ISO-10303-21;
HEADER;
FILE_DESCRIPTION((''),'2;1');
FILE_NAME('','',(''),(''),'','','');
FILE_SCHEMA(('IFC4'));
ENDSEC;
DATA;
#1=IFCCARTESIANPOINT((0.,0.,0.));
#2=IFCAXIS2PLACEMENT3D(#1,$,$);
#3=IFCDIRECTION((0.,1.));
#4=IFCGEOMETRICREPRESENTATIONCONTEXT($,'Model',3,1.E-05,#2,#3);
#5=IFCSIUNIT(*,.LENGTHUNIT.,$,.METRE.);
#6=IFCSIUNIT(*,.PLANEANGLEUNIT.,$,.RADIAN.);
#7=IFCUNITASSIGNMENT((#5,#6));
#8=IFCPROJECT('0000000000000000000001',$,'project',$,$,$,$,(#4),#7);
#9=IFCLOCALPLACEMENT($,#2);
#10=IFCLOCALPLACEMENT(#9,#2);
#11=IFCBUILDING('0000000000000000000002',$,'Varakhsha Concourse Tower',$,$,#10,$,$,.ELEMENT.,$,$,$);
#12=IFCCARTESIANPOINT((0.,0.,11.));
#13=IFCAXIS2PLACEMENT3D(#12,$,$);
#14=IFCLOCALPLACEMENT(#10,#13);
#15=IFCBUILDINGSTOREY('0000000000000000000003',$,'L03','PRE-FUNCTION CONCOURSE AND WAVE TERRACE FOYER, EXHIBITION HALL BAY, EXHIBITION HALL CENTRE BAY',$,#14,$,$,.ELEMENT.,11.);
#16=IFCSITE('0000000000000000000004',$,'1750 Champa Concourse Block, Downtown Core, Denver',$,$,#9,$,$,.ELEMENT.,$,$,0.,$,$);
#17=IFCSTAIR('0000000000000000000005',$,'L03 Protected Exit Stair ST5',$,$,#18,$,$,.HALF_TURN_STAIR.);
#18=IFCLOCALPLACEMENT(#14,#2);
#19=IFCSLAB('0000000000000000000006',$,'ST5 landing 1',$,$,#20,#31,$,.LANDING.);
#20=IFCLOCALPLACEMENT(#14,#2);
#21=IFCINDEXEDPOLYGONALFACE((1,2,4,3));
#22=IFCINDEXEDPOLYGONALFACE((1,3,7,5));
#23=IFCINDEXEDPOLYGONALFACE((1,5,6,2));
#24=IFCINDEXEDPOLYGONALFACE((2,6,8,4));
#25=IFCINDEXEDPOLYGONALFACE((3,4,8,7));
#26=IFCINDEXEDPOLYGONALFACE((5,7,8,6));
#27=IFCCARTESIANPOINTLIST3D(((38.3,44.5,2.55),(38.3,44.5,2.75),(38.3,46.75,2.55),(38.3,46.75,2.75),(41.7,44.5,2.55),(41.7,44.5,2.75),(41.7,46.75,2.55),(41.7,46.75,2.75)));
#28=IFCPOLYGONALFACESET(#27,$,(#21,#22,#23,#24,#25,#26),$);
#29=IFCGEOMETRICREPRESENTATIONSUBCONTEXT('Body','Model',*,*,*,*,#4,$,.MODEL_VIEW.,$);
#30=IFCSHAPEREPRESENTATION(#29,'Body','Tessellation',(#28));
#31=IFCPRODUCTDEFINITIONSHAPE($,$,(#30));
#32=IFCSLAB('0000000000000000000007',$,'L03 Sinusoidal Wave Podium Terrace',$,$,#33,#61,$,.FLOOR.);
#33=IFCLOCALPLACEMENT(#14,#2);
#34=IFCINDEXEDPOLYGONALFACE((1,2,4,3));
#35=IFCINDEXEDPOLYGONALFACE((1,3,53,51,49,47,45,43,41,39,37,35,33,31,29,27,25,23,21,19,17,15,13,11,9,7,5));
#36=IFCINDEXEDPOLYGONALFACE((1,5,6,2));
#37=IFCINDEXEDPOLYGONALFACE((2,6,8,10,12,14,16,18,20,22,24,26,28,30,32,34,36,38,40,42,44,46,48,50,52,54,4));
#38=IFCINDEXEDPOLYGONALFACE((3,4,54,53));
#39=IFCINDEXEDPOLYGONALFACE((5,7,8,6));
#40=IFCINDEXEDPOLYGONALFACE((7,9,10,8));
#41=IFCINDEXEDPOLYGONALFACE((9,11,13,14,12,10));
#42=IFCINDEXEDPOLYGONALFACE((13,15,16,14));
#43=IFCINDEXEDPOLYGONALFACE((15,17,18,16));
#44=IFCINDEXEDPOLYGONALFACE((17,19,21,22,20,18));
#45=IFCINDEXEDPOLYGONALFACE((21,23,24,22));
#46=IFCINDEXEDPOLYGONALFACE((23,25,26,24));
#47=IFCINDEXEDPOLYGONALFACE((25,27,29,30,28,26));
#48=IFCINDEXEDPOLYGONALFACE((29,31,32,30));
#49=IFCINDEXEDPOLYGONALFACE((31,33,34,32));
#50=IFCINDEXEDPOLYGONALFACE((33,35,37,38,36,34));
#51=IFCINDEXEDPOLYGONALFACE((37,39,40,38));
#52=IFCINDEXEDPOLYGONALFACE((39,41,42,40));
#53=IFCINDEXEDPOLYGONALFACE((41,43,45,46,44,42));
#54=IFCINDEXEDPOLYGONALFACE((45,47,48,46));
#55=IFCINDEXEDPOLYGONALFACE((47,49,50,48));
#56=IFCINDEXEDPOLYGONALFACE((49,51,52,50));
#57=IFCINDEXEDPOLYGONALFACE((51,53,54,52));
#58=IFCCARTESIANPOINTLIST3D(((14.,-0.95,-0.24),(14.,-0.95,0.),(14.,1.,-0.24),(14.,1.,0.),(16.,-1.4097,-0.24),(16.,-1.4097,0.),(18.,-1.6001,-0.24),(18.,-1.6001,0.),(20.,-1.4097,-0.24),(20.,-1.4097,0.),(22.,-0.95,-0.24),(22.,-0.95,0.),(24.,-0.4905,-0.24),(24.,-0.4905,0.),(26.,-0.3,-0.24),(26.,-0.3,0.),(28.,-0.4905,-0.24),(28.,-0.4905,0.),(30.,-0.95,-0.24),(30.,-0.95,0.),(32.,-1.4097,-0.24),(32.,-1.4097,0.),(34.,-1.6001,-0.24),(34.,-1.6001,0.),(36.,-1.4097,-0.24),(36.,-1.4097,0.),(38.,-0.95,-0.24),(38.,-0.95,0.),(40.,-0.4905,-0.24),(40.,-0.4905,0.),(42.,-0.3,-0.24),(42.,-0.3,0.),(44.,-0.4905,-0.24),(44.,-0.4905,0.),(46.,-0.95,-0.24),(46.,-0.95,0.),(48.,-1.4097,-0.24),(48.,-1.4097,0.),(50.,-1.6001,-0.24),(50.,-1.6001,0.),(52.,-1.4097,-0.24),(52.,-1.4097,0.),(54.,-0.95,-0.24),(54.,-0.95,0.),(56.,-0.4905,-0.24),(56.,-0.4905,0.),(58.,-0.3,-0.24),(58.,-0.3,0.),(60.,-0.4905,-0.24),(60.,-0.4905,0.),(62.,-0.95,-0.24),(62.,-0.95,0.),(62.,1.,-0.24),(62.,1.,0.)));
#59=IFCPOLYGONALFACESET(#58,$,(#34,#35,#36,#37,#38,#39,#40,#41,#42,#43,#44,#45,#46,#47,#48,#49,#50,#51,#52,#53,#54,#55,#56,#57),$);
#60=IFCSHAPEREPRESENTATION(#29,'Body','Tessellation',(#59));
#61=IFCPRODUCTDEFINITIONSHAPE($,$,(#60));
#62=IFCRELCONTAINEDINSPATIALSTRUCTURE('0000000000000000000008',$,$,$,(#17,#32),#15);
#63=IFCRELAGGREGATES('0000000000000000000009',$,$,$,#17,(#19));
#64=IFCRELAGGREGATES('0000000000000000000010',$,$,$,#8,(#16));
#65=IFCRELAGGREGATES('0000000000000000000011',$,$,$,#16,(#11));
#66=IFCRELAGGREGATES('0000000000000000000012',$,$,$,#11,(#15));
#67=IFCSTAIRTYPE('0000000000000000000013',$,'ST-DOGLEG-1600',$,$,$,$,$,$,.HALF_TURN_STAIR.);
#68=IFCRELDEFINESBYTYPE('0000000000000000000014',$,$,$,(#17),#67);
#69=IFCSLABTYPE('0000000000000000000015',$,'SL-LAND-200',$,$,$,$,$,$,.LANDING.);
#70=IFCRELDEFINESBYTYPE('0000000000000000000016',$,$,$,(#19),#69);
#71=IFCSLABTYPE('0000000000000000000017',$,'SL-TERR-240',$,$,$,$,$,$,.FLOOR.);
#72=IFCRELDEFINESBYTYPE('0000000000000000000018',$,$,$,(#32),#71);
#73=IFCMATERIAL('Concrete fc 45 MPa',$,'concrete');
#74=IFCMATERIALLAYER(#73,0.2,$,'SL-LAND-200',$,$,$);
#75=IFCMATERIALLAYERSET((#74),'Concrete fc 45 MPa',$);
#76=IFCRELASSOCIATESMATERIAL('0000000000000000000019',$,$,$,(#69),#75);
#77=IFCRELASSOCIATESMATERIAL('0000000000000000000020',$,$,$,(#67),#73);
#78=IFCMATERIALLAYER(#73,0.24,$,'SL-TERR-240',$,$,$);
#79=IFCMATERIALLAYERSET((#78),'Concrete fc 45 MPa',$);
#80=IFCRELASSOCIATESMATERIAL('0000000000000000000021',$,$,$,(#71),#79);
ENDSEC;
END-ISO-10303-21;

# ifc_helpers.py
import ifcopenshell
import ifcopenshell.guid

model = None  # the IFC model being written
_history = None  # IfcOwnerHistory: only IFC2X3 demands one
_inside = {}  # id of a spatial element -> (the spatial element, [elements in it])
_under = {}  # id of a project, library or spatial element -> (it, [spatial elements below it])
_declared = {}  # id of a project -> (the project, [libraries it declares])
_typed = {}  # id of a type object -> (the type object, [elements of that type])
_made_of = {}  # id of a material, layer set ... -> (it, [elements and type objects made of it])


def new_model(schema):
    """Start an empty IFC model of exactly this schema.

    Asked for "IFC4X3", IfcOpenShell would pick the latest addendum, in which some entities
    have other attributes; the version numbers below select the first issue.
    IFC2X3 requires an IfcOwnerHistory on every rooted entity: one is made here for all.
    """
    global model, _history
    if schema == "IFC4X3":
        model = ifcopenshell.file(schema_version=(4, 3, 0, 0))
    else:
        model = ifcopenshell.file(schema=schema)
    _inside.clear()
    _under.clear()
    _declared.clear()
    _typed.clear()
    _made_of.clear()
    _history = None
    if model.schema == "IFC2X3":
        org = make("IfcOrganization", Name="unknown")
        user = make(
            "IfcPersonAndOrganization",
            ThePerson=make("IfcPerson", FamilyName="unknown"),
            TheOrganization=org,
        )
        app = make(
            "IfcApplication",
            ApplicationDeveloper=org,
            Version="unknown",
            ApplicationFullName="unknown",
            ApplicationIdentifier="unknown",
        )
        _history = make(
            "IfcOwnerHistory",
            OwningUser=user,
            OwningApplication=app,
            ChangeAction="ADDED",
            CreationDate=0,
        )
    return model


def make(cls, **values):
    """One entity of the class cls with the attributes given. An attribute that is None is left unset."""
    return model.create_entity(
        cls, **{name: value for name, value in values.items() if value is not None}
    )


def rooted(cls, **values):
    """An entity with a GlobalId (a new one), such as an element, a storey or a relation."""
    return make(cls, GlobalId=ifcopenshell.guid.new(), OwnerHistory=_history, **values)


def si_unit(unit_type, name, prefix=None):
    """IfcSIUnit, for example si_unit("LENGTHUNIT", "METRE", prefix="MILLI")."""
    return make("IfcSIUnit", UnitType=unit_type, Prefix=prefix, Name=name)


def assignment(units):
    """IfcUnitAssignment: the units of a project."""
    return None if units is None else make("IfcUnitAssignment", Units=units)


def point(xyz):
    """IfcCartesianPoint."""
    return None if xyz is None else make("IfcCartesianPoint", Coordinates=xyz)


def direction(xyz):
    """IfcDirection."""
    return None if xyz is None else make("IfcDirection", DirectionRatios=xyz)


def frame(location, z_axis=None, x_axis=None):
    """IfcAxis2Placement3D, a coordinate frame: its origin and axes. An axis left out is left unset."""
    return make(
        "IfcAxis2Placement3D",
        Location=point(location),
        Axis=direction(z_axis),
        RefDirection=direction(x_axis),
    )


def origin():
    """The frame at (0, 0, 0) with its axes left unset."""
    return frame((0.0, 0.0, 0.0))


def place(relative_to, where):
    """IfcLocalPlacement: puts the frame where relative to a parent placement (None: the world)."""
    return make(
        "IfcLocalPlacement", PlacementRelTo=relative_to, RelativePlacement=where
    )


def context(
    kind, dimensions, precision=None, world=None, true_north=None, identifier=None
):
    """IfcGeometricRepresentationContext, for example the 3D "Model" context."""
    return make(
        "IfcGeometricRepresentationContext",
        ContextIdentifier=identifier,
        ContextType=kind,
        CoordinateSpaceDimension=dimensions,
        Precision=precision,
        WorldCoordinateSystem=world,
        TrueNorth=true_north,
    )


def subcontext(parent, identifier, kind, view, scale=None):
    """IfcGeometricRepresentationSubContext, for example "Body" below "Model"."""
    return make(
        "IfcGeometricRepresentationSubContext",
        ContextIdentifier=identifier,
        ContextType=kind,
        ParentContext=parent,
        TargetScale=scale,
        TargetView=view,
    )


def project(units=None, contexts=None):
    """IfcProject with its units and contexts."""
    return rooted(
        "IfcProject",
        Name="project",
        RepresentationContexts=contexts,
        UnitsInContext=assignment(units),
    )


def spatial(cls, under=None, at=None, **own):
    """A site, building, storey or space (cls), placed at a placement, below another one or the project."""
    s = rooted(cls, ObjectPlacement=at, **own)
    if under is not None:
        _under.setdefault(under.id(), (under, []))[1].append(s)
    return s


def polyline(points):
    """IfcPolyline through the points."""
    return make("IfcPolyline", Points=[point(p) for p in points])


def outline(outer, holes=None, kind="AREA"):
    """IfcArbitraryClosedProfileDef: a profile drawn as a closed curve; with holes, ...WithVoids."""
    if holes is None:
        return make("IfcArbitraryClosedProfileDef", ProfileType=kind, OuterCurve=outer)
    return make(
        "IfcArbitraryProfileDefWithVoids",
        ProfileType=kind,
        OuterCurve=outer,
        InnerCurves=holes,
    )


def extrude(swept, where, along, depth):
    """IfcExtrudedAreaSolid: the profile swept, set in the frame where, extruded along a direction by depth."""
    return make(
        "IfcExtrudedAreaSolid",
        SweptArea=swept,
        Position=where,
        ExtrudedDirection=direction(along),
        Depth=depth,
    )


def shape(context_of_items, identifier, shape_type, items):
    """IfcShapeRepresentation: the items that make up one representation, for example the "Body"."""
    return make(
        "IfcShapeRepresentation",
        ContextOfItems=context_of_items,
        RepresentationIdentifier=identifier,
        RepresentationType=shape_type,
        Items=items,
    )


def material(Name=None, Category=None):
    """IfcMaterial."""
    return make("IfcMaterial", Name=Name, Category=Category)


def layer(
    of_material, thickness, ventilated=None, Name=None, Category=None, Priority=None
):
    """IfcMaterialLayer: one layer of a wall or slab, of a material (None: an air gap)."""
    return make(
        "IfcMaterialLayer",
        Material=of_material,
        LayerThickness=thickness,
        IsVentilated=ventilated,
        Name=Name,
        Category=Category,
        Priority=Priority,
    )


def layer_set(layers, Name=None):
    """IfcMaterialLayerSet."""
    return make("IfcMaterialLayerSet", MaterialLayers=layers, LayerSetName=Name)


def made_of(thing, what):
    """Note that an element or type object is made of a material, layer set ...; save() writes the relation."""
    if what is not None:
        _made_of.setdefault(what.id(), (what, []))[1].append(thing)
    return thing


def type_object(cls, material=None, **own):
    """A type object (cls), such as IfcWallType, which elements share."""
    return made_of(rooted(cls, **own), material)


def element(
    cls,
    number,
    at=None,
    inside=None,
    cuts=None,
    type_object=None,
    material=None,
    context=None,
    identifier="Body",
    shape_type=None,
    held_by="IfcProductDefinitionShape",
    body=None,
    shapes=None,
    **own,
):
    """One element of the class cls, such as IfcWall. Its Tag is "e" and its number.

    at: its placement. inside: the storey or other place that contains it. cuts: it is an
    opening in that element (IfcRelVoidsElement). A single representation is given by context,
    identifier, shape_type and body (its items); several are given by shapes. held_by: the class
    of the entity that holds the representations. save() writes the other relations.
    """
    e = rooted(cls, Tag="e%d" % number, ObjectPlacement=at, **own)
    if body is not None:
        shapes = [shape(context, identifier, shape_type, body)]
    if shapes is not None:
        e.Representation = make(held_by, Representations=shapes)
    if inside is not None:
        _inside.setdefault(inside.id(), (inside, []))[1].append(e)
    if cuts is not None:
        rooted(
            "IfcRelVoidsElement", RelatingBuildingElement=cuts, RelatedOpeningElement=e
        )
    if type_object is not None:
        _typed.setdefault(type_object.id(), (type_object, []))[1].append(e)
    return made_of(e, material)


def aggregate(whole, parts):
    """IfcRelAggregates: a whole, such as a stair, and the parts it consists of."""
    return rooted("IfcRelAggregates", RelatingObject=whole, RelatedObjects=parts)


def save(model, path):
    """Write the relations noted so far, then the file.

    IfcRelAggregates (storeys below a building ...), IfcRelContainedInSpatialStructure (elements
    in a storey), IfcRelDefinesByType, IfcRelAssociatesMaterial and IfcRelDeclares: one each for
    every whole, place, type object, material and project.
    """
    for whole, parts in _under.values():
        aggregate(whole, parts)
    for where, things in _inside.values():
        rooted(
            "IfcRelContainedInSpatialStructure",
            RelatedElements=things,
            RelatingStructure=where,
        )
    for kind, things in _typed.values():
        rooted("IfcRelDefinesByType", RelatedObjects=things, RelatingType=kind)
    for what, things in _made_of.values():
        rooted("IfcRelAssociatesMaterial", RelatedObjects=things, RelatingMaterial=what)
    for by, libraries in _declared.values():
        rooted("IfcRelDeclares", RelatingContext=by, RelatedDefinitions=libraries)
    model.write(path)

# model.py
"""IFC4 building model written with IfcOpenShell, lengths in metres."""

from ifc_helpers import new_model, si_unit, direction, frame, origin, place, context, subcontext, project, spatial, polyline, outline, extrude, material, layer, layer_set, type_object, element, aggregate, save


model = new_model("IFC4")

# Units and contexts
model_context = context("Model", 3, precision=1e-05, world=origin(), true_north=direction((0.0, 1.0)))
body_context = subcontext(model_context, "Body", "Model", "MODEL_VIEW")
ifc_project = project(units=[si_unit("LENGTHUNIT", "METRE"), si_unit("PLANEANGLEUNIT", "RADIAN")], contexts=[model_context])

# Site, building, storey
site_placement = place(None, origin())
site = spatial("IfcSite", under=ifc_project, at=site_placement, Name="1750 Champa Concourse Block, Downtown Core, Denver", CompositionType="ELEMENT", RefElevation=0.0)
building_placement = place(site_placement, origin())
building = spatial("IfcBuilding", under=site, at=building_placement, Name="Varakhsha Concourse Tower", CompositionType="ELEMENT")
storey_placement = place(building_placement, frame((0.0, 0.0, 11.0)))
storey = spatial("IfcBuildingStorey", under=building, at=storey_placement, Name="L03", Description="PRE-FUNCTION CONCOURSE AND WAVE TERRACE FOYER, EXHIBITION HALL BAY, EXHIBITION HALL CENTRE BAY", CompositionType="ELEMENT", Elevation=11.0)

# Shared definitions
ifc_material_1 = material(Name="Concrete fc 45 MPa", Category="concrete")

# Stair, slab
ifc_layer_1 = layer(ifc_material_1, 0.2, Name="SL-LAND-200")
ifc_layer_set_1 = layer_set([ifc_layer_1], Name="Concrete fc 45 MPa")
slab_type_1 = type_object("IfcSlabType", Name="SL-LAND-200", PredefinedType="LANDING", material=ifc_layer_set_1)
stair_type_1 = type_object("IfcStairType", Name="ST-DOGLEG-1600", PredefinedType="HALF_TURN_STAIR", material=ifc_material_1)
stair_1_placement = place(storey_placement, origin())
stair_1 = element("IfcStair", 1, at=stair_1_placement, inside=storey, type_object=stair_type_1, Name="L03 Protected Exit Stair ST5", PredefinedType="HALF_TURN_STAIR")
slab_1_placement = place(storey_placement, frame((0.0, 0.0, 2.55)))
slab_1 = element("IfcSlab", 2, at=slab_1_placement, type_object=slab_type_1, Name="ST5 landing 1", PredefinedType="LANDING", context=body_context, shape_type="SweptSolid", body=[
    extrude(outline(polyline([(41.7, 44.5), (41.7, 46.75), (38.3, 46.75), (38.3, 44.5), (41.7, 44.5)])), origin(), (0.0, 0.0, 1.0), 0.2),
])
aggregate(stair_1, [slab_1])

# Slab
ifc_layer_2 = layer(ifc_material_1, 0.24, Name="SL-TERR-240")
ifc_layer_set_2 = layer_set([ifc_layer_2], Name="Concrete fc 45 MPa")
slab_type_2 = type_object("IfcSlabType", Name="SL-TERR-240", PredefinedType="FLOOR", material=ifc_layer_set_2)
slab_2_placement = place(storey_placement, frame((0.0, 0.0, -0.24)))
element("IfcSlab", 3, at=slab_2_placement, inside=storey, type_object=slab_type_2, Name="L03 Sinusoidal Wave Podium Terrace", PredefinedType="FLOOR", context=body_context, shape_type="SweptSolid", body=[
    extrude(outline(polyline([(14.0, 1.0), (62.0, 1.0), (62.0, -0.95), (60.0, -0.4905), (58.0, -0.3), (56.0, -0.4905), (54.0, -0.95), (52.0, -1.4097), (50.0, -1.6001), (48.0, -1.4097), (46.0, -0.95), (44.0, -0.4905), (42.0, -0.3), (40.0, -0.4905), (38.0, -0.95), (36.0, -1.4097), (34.0, -1.6001), (32.0, -1.4097), (30.0, -0.95), (28.0, -0.4905), (26.0, -0.3), (24.0, -0.4905), (22.0, -0.95), (20.0, -1.4097), (18.0, -1.6001), (16.0, -1.4097), (14.0, -0.95), (14.0, 1.0)])), origin(), (0.0, 0.0, 1.0), 0.24),
])

save(model, "model.ifc")
